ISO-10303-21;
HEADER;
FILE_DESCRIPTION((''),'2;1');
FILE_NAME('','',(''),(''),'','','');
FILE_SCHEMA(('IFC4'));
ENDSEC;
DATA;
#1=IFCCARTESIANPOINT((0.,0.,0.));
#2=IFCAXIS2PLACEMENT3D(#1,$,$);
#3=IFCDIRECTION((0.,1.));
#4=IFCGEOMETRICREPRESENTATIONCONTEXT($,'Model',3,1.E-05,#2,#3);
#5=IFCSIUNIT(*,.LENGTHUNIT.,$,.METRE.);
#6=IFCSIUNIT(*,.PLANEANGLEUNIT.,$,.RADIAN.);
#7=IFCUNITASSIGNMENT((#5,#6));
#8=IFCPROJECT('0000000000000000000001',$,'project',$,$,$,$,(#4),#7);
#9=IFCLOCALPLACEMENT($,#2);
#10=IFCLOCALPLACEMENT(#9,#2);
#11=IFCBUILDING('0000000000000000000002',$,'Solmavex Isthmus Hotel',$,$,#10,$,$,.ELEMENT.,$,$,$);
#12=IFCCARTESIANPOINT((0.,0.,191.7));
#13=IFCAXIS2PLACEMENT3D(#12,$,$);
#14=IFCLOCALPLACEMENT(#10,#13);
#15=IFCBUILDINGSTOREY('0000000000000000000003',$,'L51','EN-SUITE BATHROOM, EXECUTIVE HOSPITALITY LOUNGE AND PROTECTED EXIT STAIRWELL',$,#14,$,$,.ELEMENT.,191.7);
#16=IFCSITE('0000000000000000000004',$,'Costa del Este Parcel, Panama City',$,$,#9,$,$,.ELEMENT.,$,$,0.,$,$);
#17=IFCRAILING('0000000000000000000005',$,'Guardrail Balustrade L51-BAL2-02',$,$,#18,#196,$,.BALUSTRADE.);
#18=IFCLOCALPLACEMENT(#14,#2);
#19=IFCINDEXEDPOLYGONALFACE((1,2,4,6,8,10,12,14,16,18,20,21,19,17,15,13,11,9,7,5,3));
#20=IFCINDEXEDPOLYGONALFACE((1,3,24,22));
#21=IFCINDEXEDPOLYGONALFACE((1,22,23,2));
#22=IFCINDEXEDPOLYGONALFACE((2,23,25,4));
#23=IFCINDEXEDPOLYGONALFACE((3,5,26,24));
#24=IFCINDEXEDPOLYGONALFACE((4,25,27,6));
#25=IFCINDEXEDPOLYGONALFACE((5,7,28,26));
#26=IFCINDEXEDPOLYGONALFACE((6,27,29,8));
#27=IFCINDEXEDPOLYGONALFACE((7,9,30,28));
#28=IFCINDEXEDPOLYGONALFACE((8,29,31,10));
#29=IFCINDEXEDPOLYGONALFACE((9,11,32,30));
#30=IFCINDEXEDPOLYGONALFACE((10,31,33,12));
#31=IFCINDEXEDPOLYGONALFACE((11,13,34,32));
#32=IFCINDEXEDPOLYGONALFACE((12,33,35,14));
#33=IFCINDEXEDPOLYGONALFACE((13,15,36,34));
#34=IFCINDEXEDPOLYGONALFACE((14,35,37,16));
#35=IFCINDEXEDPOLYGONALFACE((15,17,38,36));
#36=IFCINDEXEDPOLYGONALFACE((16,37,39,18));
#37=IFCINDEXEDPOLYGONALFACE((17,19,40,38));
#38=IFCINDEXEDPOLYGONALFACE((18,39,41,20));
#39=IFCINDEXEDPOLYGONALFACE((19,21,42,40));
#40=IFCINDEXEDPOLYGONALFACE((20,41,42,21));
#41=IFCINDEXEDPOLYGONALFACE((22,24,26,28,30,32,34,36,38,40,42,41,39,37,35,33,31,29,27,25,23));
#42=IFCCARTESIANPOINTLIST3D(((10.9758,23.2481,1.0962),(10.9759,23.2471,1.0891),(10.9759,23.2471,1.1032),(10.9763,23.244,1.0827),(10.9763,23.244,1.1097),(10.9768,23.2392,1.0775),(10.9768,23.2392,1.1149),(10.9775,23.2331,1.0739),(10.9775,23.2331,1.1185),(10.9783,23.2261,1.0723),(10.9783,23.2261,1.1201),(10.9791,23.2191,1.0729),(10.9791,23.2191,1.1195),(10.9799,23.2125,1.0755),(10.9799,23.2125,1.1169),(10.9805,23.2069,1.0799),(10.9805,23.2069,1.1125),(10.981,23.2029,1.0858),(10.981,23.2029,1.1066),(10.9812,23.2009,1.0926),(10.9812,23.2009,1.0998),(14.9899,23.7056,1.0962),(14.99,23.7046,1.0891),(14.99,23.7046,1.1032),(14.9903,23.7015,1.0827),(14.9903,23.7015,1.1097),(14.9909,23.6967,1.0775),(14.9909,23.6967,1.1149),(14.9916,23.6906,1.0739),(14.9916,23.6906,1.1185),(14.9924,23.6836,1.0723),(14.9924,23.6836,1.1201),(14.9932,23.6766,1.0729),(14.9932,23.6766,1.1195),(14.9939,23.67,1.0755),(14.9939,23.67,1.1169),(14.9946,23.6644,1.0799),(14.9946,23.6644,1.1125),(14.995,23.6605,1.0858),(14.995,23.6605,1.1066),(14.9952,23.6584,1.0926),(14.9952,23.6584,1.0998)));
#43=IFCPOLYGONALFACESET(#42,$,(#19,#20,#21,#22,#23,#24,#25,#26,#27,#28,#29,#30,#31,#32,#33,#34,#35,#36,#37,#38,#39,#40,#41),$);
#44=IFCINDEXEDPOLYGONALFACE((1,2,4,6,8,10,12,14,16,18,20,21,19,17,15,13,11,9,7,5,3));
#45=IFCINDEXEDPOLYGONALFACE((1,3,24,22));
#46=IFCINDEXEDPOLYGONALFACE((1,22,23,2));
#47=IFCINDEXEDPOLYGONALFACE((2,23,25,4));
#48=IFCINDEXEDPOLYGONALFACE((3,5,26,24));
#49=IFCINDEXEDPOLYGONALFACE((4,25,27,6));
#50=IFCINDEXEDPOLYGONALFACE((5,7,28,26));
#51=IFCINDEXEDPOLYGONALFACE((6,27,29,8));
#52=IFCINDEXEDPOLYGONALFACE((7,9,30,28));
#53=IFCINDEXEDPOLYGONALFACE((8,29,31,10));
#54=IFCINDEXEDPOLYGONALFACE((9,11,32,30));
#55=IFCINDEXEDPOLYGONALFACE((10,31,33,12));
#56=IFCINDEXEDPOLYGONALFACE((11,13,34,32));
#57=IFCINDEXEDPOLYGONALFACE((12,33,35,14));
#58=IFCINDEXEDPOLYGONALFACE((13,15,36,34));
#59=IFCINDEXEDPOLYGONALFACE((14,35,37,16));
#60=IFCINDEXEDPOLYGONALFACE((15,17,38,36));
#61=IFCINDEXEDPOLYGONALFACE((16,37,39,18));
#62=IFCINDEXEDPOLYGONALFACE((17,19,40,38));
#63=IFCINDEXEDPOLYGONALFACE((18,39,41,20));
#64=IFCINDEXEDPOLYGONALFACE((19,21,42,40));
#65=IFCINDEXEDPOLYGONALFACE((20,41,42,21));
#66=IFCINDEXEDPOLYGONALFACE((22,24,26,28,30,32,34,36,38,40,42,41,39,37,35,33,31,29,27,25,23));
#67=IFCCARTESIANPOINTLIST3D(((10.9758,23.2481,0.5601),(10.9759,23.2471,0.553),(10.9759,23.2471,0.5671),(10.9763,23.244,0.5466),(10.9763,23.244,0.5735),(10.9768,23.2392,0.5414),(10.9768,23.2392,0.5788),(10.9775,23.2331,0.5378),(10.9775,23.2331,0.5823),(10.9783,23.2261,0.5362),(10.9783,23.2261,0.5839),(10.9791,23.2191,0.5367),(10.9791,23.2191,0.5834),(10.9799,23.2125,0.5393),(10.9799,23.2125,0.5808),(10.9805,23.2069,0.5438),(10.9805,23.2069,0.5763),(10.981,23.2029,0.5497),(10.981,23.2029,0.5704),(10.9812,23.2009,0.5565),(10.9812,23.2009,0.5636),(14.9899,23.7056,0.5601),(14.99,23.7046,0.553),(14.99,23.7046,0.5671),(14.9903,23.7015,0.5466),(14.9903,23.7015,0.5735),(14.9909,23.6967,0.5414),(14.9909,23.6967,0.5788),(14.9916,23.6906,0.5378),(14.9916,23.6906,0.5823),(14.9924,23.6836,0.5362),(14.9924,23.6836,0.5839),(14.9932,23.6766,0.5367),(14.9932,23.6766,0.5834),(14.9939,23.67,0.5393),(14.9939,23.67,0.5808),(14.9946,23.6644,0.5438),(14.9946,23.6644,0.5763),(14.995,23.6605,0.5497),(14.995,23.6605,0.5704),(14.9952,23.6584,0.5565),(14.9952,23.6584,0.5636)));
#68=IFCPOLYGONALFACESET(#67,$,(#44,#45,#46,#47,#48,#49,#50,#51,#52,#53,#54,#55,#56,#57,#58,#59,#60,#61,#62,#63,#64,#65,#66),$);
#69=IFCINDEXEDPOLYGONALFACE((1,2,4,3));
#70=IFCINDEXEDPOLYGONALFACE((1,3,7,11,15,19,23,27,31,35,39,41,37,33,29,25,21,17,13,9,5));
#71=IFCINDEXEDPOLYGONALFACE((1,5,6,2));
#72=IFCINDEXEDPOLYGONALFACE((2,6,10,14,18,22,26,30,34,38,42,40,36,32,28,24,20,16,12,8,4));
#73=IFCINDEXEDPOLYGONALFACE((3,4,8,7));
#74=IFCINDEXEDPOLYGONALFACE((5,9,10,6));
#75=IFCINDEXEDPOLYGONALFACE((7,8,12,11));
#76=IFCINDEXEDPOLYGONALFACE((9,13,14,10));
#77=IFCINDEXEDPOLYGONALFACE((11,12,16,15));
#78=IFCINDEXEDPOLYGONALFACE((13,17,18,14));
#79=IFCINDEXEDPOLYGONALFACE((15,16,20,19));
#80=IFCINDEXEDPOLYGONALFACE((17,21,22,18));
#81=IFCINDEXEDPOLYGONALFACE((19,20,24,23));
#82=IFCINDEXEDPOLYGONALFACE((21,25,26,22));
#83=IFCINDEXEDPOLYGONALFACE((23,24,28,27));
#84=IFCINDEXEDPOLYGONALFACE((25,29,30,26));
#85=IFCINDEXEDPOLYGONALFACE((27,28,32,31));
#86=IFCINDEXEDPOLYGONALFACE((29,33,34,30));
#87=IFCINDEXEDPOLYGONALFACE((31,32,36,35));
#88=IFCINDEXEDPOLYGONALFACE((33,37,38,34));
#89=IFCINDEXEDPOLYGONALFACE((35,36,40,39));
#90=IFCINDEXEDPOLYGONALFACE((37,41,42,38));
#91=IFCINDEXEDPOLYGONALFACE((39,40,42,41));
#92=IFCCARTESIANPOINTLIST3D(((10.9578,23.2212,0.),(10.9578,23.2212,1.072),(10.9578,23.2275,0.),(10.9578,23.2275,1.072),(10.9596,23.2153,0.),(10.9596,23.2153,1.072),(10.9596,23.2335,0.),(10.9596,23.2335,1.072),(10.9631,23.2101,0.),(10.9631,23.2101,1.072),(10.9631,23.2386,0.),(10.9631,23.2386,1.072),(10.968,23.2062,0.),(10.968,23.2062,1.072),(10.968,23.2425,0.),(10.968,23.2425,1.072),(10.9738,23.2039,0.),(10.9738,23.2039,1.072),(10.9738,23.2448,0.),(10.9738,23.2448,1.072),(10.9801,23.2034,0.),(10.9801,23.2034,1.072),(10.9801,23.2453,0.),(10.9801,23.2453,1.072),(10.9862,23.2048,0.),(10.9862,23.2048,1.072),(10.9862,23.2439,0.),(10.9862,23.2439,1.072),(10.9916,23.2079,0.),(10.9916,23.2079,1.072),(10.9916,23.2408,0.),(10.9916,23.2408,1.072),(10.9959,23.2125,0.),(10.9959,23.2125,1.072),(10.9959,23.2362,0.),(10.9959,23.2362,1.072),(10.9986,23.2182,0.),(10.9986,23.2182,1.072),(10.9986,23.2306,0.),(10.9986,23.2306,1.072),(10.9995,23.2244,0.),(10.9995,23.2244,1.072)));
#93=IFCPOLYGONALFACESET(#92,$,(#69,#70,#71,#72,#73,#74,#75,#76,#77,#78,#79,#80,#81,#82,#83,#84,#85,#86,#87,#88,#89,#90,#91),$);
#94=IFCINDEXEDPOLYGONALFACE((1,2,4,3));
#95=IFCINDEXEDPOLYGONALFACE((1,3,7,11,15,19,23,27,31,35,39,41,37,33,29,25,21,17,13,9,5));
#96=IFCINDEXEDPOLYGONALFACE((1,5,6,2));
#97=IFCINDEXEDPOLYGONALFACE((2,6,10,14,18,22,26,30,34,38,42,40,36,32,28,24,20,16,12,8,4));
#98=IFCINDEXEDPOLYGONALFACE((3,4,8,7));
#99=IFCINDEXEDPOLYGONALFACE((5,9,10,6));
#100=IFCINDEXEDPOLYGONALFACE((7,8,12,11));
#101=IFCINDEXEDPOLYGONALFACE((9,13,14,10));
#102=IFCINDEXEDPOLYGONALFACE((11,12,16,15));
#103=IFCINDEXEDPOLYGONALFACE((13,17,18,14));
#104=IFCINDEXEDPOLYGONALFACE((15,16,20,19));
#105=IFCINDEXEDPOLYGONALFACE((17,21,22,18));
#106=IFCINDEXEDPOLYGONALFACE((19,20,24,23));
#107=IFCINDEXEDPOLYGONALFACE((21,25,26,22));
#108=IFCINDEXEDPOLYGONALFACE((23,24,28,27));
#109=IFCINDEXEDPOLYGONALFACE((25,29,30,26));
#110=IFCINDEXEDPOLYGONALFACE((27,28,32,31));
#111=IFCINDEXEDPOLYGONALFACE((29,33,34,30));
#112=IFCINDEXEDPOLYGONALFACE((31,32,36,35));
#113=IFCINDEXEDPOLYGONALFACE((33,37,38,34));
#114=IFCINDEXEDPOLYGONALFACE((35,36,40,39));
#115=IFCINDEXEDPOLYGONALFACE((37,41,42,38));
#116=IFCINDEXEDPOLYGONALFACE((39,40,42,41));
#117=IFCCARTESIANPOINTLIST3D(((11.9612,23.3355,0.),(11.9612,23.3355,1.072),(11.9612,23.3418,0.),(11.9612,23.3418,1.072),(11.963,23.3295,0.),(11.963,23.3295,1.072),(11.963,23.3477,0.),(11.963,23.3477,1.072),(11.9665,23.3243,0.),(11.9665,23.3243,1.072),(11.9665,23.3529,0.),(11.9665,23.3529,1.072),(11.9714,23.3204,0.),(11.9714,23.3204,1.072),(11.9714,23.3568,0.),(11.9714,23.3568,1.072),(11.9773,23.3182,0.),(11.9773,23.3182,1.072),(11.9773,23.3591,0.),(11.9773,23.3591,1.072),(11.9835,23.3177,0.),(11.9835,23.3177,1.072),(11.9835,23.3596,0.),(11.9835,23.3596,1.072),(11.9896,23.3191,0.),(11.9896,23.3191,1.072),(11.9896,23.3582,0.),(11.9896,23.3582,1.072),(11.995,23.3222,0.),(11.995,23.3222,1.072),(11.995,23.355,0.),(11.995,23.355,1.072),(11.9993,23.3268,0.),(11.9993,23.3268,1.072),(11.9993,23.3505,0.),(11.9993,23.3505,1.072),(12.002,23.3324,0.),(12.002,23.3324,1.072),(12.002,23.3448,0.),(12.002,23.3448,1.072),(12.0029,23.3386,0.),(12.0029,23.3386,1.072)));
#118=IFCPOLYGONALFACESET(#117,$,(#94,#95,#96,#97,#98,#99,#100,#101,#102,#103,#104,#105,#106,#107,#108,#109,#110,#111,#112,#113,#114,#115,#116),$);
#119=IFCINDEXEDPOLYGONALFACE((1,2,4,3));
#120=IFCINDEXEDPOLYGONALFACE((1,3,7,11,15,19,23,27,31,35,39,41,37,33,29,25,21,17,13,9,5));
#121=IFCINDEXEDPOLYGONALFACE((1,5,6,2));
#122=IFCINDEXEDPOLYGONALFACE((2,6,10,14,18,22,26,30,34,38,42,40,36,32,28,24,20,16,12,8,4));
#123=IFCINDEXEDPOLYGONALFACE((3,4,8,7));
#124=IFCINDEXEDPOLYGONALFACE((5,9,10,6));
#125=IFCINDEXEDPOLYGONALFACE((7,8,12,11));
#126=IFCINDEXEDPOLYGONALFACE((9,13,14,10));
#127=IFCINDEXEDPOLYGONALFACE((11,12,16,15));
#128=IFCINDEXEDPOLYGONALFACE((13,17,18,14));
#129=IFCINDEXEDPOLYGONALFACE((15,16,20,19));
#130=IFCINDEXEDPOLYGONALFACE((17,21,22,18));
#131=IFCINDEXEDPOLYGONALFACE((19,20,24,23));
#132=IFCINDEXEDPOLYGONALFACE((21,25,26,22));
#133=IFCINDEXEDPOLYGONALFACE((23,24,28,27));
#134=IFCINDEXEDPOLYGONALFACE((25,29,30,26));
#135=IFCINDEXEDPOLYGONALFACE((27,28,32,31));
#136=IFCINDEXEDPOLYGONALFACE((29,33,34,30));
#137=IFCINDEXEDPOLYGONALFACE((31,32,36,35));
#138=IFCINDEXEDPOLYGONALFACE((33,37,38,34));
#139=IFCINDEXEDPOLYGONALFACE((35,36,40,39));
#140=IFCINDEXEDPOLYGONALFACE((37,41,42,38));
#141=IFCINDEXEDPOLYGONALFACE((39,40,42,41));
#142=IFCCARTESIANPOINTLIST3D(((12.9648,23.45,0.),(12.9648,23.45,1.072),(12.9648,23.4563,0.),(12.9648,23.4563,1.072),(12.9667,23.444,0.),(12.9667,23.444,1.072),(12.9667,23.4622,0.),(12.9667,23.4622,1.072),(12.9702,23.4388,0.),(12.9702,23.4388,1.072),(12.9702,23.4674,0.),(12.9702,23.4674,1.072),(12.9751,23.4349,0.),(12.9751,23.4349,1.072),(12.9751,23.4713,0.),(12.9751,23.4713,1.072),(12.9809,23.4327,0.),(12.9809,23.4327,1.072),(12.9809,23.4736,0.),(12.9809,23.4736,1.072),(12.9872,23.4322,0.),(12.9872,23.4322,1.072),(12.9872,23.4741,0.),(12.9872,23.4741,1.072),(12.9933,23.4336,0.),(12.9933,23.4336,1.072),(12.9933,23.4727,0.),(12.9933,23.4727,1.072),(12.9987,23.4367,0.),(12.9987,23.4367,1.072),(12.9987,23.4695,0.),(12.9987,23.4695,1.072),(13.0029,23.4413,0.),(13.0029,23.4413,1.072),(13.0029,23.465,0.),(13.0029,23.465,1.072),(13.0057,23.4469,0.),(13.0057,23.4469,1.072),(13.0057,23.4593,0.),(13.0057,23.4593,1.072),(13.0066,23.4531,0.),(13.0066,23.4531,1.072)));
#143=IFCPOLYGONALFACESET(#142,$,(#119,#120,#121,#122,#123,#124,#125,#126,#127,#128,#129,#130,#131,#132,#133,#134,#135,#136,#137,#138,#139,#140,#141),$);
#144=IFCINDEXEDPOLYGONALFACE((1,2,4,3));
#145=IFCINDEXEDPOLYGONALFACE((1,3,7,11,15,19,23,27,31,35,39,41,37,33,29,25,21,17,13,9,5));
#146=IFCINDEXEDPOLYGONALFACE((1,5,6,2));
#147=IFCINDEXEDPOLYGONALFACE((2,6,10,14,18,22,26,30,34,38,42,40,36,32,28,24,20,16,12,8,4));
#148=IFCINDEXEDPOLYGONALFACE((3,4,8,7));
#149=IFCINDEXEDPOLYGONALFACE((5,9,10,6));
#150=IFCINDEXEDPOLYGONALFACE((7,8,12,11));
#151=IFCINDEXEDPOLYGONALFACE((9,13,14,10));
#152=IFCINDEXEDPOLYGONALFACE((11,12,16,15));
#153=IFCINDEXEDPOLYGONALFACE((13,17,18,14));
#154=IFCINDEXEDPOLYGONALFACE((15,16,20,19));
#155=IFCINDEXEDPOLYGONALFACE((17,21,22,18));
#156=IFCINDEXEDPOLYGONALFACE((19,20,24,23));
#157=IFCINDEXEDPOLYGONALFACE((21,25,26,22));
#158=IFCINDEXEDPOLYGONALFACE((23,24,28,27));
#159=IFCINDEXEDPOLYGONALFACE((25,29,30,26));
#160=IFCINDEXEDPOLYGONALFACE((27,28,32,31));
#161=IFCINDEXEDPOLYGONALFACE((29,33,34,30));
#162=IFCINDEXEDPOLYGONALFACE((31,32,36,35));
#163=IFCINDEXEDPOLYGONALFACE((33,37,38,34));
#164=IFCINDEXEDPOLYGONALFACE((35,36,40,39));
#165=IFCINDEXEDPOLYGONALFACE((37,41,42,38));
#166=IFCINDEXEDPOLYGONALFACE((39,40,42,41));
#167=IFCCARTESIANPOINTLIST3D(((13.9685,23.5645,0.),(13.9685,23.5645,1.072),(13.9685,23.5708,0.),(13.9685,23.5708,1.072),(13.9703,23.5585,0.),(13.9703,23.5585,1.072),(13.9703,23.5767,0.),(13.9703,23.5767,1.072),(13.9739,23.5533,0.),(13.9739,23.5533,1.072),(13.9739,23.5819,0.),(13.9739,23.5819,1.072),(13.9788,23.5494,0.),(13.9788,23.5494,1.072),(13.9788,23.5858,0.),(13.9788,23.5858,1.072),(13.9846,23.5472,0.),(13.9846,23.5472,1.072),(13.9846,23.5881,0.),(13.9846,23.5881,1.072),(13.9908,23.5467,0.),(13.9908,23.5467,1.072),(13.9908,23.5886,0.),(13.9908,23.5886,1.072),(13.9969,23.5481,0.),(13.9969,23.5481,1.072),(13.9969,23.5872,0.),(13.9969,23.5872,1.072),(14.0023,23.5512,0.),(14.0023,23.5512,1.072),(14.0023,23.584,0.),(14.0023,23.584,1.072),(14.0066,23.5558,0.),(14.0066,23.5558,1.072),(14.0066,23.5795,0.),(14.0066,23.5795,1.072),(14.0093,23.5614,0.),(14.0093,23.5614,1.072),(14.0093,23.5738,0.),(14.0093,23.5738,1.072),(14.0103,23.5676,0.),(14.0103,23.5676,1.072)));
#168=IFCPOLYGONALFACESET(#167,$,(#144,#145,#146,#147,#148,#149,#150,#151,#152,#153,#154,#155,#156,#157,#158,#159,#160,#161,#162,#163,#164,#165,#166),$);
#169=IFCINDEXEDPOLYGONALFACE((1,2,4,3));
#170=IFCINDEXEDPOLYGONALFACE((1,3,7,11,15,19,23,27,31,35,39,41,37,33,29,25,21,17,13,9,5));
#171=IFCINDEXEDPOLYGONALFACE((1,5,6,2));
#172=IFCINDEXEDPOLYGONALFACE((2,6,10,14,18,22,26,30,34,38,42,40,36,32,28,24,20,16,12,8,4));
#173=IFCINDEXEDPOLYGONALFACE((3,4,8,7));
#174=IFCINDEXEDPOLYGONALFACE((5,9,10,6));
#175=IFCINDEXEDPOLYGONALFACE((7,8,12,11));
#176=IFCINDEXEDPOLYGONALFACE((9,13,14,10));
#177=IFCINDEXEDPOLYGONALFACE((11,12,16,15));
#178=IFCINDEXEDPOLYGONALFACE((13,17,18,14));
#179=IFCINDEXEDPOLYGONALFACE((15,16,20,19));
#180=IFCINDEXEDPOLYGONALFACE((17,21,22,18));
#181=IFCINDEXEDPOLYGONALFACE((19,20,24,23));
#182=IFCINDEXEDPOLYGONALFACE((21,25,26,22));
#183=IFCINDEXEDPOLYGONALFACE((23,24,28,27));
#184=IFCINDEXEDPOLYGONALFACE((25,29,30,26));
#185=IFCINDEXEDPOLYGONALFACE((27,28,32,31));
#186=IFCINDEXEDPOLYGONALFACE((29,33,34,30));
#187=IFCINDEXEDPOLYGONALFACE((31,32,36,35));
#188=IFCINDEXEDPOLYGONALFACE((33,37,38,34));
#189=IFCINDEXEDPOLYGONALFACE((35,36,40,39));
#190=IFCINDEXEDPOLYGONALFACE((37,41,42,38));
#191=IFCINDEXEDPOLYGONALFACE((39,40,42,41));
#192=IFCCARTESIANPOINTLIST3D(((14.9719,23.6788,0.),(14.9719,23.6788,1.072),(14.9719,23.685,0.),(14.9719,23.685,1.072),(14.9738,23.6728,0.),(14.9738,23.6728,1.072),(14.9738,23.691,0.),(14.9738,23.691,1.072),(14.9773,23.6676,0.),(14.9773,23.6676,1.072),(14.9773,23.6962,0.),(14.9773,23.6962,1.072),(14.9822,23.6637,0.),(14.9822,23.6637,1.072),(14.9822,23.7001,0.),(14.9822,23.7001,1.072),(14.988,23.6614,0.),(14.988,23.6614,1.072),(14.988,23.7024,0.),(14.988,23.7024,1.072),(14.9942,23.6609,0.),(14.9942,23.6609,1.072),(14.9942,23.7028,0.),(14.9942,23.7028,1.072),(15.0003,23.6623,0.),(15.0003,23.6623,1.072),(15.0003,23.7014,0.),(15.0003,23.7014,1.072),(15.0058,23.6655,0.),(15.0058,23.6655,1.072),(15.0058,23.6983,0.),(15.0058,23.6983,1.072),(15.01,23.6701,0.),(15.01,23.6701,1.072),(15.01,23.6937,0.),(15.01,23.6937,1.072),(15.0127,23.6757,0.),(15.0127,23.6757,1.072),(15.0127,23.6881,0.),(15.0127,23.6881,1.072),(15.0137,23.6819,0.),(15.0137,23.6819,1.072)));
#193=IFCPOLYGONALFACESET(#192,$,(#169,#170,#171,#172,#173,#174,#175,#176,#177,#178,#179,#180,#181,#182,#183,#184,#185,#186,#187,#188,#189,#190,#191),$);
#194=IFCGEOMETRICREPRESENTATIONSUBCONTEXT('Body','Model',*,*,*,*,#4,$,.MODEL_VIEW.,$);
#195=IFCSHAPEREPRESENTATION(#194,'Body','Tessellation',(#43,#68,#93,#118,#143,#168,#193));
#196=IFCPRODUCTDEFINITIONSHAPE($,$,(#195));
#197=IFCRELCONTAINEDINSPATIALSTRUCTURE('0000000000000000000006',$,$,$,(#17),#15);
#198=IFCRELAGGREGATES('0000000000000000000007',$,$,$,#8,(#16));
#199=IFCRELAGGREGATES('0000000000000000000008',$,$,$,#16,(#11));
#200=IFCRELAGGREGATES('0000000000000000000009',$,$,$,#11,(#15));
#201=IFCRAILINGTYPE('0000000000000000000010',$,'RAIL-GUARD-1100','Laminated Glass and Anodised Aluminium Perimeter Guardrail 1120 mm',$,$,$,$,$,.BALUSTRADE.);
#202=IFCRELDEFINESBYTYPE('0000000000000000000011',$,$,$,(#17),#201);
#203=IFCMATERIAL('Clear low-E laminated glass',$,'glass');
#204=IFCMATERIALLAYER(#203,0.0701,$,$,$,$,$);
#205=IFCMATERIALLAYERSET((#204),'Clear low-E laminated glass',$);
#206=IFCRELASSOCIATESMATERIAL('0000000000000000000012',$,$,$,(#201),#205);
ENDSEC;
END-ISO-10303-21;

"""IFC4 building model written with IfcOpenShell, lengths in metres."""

from ifc_helpers import new_model, si_unit, direction, frame, origin, origin_2d, place, context, subcontext, project, spatial, circle, extrude, material, layer, layer_set, type_object, element, save


model = new_model("IFC4")

# Units and contexts
model_context = context("Model", 3, precision=1e-05, world=origin(), true_north=direction((0.0, 1.0)))
body_context = subcontext(model_context, "Body", "Model", "MODEL_VIEW")
ifc_project = project(units=[si_unit("LENGTHUNIT", "METRE"), si_unit("PLANEANGLEUNIT", "RADIAN")], contexts=[model_context])

# Site, building, storey
site_placement = place(None, origin())
site = spatial("IfcSite", under=ifc_project, at=site_placement, Name="Costa del Este Parcel, Panama City", CompositionType="ELEMENT", RefElevation=0.0)
building_placement = place(site_placement, origin())
building = spatial("IfcBuilding", under=site, at=building_placement, Name="Solmavex Isthmus Hotel", CompositionType="ELEMENT")
storey_placement = place(building_placement, frame((0.0, 0.0, 191.7)))
storey = spatial("IfcBuildingStorey", under=building, at=storey_placement, Name="L51", Description="EN-SUITE BATHROOM, EXECUTIVE HOSPITALITY LOUNGE AND PROTECTED EXIT STAIRWELL", CompositionType="ELEMENT", Elevation=191.7)

# Shared definitions
ifc_material_1 = material(Name="Clear low-E laminated glass", Category="glass")

# Railing
ifc_layer_1 = layer(ifc_material_1, 0.0701)
ifc_layer_set_1 = layer_set([ifc_layer_1], Name="Clear low-E laminated glass")
railing_type = type_object("IfcRailingType", Name="RAIL-GUARD-1100", Description="Laminated Glass and Anodised Aluminium Perimeter Guardrail 1120 mm", PredefinedType="BALUSTRADE", material=ifc_layer_set_1)
railing_1_placement = place(storey_placement, frame((10.9785, 23.2244, 0.0)))
element("IfcRailing", 1, at=railing_1_placement, inside=storey, type_object=railing_type, Name="Guardrail Balustrade L51-BAL2-02", PredefinedType="BALUSTRADE", context=body_context, shape_type="SweptSolid", body=[
    extrude(circle(Radius=0.0239, at=origin_2d()), frame((0.0, 0.0, 1.0962), z_axis=(0.993567, 0.113243, 0.0), x_axis=(-0.113243, 0.993567, 0.0)), (0.0, 0.0, 1.0), 4.04),
    extrude(circle(Radius=0.0239, at=origin_2d()), frame((0.0, 0.0, 0.5601), z_axis=(0.993567, 0.113243, 0.0), x_axis=(-0.113243, 0.993567, 0.0)), (0.0, 0.0, 1.0), 4.04),
    extrude(circle(Radius=0.021, at=origin_2d()), origin(), (0.0, 0.0, 1.0), 1.072),
    extrude(circle(Radius=0.021, at=origin_2d()), frame((1.0034, 0.1143, 0.0)), (0.0, 0.0, 1.0), 1.072),
    extrude(circle(Radius=0.021, at=origin_2d()), frame((2.0071, 0.2288, 0.0)), (0.0, 0.0, 1.0), 1.072),
    extrude(circle(Radius=0.021, at=origin_2d()), frame((3.0107, 0.3433, 0.0)), (0.0, 0.0, 1.0), 1.072),
    extrude(circle(Radius=0.021, at=origin_2d()), frame((4.0142, 0.4575, 0.0)), (0.0, 0.0, 1.0), 1.072),
])

save(model, "model.ifc")
